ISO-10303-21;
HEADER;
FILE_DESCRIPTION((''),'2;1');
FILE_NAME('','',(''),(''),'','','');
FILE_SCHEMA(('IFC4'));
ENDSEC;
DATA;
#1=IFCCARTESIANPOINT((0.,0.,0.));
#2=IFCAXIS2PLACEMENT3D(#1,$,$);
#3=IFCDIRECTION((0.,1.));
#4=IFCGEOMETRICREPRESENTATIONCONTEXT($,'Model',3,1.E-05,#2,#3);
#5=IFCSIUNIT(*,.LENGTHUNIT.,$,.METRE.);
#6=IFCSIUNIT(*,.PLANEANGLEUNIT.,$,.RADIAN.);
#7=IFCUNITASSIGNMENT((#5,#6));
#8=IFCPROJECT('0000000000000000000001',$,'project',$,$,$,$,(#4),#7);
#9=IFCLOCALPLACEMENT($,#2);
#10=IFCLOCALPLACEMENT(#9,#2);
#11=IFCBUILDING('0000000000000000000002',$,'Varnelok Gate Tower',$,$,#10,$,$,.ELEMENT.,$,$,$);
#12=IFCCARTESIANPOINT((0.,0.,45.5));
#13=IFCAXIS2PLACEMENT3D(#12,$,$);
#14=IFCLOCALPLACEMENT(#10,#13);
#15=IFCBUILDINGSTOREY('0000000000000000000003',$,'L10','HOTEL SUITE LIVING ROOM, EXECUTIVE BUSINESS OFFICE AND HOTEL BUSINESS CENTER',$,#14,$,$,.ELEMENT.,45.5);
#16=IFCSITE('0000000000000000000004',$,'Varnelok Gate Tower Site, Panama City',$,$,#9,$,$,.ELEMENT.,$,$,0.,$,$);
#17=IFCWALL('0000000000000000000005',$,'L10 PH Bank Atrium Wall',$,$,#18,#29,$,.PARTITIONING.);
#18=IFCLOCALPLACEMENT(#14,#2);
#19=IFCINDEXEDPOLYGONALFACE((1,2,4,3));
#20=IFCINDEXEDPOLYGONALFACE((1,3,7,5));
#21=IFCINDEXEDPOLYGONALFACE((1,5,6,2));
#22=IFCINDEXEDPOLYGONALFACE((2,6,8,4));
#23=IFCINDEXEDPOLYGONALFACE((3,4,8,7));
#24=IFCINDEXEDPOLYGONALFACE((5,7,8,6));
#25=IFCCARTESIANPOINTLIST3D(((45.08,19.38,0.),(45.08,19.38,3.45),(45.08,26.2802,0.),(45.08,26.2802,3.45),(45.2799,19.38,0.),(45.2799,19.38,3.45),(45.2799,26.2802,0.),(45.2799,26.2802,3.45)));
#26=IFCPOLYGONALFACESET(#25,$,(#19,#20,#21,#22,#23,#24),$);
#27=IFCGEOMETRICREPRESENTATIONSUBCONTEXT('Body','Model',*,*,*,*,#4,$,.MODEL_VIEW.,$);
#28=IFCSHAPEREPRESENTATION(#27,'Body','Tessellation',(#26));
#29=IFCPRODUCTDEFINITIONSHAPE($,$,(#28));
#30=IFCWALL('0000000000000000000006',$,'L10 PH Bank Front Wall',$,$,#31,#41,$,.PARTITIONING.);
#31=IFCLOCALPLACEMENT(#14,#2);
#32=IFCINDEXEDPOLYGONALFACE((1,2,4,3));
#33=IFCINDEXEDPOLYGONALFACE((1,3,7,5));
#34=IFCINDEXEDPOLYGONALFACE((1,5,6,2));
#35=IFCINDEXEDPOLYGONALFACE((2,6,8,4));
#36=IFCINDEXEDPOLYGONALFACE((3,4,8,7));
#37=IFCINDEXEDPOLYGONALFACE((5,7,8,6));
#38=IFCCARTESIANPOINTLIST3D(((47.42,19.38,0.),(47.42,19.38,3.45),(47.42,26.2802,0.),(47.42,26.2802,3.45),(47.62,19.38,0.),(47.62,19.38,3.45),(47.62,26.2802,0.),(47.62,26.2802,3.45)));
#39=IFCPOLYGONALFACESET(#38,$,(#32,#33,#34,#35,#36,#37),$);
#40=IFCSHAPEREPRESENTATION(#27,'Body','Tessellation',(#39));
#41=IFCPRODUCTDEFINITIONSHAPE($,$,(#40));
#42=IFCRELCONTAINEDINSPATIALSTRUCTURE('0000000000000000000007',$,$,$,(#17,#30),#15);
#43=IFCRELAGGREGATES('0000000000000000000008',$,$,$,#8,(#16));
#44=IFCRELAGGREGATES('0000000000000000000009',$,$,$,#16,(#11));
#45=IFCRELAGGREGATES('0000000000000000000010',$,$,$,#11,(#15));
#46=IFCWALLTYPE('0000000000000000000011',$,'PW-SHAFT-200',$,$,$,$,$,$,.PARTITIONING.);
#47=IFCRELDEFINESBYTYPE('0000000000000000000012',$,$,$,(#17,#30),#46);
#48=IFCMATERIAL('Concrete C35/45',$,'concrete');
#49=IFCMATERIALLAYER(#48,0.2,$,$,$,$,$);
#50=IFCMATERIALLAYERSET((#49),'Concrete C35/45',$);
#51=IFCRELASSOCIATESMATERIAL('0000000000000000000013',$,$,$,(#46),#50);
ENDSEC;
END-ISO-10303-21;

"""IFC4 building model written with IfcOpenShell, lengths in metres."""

from ifc_helpers import new_model, si_unit, direction, frame, frame_2d, origin, place, context, subcontext, project, spatial, rectangle, extrude, material, layer, layer_set, type_object, element, save


model = new_model("IFC4")

# Units and contexts
model_context = context("Model", 3, precision=1e-05, world=origin(), true_north=direction((0.0, 1.0)))
body_context = subcontext(model_context, "Body", "Model", "MODEL_VIEW")
ifc_project = project(units=[si_unit("LENGTHUNIT", "METRE"), si_unit("PLANEANGLEUNIT", "RADIAN")], contexts=[model_context])

# Site, building, storey
site_placement = place(None, origin())
site = spatial("IfcSite", under=ifc_project, at=site_placement, Name="Varnelok Gate Tower Site, Panama City", CompositionType="ELEMENT", RefElevation=0.0)
building_placement = place(site_placement, origin())
building = spatial("IfcBuilding", under=site, at=building_placement, Name="Varnelok Gate Tower", CompositionType="ELEMENT")
storey_placement = place(building_placement, frame((0.0, 0.0, 45.5)))
storey = spatial("IfcBuildingStorey", under=building, at=storey_placement, Name="L10", Description="HOTEL SUITE LIVING ROOM, EXECUTIVE BUSINESS OFFICE AND HOTEL BUSINESS CENTER", CompositionType="ELEMENT", Elevation=45.5)

# Walls
ifc_material_1 = material(Name="Concrete C35/45", Category="concrete")
ifc_layer_1 = layer(ifc_material_1, 0.2)
ifc_layer_set_1 = layer_set([ifc_layer_1], Name="Concrete C35/45")
wall_type_1 = type_object("IfcWallType", Name="PW-SHAFT-200", PredefinedType="PARTITIONING", material=ifc_layer_set_1)
for number, where, z_axis, x_axis, name in (
    (1, (45.1799, 19.3799, 0.0), (0.0, 0.0, 1.0), (0.0, 1.0, 0.0), "L10 PH Bank Atrium Wall"),
    (2, (47.52, 19.3799, 0.0), (0.0, 0.0, 1.0), (0.0, 1.0, 0.0), "L10 PH Bank Front Wall"),
):
    element("IfcWall", number, at=place(storey_placement, frame(where, z_axis=z_axis, x_axis=x_axis)), inside=storey, type_object=wall_type_1, Name=name, PredefinedType="PARTITIONING", context=body_context, shape_type="SweptSolid", body=[
        extrude(rectangle(XDim=6.9001, YDim=0.2, at=frame_2d((3.4502, 0.0))), origin(), (0.0, 0.0, 1.0), 3.45),
    ])

save(model, "model.ifc")
